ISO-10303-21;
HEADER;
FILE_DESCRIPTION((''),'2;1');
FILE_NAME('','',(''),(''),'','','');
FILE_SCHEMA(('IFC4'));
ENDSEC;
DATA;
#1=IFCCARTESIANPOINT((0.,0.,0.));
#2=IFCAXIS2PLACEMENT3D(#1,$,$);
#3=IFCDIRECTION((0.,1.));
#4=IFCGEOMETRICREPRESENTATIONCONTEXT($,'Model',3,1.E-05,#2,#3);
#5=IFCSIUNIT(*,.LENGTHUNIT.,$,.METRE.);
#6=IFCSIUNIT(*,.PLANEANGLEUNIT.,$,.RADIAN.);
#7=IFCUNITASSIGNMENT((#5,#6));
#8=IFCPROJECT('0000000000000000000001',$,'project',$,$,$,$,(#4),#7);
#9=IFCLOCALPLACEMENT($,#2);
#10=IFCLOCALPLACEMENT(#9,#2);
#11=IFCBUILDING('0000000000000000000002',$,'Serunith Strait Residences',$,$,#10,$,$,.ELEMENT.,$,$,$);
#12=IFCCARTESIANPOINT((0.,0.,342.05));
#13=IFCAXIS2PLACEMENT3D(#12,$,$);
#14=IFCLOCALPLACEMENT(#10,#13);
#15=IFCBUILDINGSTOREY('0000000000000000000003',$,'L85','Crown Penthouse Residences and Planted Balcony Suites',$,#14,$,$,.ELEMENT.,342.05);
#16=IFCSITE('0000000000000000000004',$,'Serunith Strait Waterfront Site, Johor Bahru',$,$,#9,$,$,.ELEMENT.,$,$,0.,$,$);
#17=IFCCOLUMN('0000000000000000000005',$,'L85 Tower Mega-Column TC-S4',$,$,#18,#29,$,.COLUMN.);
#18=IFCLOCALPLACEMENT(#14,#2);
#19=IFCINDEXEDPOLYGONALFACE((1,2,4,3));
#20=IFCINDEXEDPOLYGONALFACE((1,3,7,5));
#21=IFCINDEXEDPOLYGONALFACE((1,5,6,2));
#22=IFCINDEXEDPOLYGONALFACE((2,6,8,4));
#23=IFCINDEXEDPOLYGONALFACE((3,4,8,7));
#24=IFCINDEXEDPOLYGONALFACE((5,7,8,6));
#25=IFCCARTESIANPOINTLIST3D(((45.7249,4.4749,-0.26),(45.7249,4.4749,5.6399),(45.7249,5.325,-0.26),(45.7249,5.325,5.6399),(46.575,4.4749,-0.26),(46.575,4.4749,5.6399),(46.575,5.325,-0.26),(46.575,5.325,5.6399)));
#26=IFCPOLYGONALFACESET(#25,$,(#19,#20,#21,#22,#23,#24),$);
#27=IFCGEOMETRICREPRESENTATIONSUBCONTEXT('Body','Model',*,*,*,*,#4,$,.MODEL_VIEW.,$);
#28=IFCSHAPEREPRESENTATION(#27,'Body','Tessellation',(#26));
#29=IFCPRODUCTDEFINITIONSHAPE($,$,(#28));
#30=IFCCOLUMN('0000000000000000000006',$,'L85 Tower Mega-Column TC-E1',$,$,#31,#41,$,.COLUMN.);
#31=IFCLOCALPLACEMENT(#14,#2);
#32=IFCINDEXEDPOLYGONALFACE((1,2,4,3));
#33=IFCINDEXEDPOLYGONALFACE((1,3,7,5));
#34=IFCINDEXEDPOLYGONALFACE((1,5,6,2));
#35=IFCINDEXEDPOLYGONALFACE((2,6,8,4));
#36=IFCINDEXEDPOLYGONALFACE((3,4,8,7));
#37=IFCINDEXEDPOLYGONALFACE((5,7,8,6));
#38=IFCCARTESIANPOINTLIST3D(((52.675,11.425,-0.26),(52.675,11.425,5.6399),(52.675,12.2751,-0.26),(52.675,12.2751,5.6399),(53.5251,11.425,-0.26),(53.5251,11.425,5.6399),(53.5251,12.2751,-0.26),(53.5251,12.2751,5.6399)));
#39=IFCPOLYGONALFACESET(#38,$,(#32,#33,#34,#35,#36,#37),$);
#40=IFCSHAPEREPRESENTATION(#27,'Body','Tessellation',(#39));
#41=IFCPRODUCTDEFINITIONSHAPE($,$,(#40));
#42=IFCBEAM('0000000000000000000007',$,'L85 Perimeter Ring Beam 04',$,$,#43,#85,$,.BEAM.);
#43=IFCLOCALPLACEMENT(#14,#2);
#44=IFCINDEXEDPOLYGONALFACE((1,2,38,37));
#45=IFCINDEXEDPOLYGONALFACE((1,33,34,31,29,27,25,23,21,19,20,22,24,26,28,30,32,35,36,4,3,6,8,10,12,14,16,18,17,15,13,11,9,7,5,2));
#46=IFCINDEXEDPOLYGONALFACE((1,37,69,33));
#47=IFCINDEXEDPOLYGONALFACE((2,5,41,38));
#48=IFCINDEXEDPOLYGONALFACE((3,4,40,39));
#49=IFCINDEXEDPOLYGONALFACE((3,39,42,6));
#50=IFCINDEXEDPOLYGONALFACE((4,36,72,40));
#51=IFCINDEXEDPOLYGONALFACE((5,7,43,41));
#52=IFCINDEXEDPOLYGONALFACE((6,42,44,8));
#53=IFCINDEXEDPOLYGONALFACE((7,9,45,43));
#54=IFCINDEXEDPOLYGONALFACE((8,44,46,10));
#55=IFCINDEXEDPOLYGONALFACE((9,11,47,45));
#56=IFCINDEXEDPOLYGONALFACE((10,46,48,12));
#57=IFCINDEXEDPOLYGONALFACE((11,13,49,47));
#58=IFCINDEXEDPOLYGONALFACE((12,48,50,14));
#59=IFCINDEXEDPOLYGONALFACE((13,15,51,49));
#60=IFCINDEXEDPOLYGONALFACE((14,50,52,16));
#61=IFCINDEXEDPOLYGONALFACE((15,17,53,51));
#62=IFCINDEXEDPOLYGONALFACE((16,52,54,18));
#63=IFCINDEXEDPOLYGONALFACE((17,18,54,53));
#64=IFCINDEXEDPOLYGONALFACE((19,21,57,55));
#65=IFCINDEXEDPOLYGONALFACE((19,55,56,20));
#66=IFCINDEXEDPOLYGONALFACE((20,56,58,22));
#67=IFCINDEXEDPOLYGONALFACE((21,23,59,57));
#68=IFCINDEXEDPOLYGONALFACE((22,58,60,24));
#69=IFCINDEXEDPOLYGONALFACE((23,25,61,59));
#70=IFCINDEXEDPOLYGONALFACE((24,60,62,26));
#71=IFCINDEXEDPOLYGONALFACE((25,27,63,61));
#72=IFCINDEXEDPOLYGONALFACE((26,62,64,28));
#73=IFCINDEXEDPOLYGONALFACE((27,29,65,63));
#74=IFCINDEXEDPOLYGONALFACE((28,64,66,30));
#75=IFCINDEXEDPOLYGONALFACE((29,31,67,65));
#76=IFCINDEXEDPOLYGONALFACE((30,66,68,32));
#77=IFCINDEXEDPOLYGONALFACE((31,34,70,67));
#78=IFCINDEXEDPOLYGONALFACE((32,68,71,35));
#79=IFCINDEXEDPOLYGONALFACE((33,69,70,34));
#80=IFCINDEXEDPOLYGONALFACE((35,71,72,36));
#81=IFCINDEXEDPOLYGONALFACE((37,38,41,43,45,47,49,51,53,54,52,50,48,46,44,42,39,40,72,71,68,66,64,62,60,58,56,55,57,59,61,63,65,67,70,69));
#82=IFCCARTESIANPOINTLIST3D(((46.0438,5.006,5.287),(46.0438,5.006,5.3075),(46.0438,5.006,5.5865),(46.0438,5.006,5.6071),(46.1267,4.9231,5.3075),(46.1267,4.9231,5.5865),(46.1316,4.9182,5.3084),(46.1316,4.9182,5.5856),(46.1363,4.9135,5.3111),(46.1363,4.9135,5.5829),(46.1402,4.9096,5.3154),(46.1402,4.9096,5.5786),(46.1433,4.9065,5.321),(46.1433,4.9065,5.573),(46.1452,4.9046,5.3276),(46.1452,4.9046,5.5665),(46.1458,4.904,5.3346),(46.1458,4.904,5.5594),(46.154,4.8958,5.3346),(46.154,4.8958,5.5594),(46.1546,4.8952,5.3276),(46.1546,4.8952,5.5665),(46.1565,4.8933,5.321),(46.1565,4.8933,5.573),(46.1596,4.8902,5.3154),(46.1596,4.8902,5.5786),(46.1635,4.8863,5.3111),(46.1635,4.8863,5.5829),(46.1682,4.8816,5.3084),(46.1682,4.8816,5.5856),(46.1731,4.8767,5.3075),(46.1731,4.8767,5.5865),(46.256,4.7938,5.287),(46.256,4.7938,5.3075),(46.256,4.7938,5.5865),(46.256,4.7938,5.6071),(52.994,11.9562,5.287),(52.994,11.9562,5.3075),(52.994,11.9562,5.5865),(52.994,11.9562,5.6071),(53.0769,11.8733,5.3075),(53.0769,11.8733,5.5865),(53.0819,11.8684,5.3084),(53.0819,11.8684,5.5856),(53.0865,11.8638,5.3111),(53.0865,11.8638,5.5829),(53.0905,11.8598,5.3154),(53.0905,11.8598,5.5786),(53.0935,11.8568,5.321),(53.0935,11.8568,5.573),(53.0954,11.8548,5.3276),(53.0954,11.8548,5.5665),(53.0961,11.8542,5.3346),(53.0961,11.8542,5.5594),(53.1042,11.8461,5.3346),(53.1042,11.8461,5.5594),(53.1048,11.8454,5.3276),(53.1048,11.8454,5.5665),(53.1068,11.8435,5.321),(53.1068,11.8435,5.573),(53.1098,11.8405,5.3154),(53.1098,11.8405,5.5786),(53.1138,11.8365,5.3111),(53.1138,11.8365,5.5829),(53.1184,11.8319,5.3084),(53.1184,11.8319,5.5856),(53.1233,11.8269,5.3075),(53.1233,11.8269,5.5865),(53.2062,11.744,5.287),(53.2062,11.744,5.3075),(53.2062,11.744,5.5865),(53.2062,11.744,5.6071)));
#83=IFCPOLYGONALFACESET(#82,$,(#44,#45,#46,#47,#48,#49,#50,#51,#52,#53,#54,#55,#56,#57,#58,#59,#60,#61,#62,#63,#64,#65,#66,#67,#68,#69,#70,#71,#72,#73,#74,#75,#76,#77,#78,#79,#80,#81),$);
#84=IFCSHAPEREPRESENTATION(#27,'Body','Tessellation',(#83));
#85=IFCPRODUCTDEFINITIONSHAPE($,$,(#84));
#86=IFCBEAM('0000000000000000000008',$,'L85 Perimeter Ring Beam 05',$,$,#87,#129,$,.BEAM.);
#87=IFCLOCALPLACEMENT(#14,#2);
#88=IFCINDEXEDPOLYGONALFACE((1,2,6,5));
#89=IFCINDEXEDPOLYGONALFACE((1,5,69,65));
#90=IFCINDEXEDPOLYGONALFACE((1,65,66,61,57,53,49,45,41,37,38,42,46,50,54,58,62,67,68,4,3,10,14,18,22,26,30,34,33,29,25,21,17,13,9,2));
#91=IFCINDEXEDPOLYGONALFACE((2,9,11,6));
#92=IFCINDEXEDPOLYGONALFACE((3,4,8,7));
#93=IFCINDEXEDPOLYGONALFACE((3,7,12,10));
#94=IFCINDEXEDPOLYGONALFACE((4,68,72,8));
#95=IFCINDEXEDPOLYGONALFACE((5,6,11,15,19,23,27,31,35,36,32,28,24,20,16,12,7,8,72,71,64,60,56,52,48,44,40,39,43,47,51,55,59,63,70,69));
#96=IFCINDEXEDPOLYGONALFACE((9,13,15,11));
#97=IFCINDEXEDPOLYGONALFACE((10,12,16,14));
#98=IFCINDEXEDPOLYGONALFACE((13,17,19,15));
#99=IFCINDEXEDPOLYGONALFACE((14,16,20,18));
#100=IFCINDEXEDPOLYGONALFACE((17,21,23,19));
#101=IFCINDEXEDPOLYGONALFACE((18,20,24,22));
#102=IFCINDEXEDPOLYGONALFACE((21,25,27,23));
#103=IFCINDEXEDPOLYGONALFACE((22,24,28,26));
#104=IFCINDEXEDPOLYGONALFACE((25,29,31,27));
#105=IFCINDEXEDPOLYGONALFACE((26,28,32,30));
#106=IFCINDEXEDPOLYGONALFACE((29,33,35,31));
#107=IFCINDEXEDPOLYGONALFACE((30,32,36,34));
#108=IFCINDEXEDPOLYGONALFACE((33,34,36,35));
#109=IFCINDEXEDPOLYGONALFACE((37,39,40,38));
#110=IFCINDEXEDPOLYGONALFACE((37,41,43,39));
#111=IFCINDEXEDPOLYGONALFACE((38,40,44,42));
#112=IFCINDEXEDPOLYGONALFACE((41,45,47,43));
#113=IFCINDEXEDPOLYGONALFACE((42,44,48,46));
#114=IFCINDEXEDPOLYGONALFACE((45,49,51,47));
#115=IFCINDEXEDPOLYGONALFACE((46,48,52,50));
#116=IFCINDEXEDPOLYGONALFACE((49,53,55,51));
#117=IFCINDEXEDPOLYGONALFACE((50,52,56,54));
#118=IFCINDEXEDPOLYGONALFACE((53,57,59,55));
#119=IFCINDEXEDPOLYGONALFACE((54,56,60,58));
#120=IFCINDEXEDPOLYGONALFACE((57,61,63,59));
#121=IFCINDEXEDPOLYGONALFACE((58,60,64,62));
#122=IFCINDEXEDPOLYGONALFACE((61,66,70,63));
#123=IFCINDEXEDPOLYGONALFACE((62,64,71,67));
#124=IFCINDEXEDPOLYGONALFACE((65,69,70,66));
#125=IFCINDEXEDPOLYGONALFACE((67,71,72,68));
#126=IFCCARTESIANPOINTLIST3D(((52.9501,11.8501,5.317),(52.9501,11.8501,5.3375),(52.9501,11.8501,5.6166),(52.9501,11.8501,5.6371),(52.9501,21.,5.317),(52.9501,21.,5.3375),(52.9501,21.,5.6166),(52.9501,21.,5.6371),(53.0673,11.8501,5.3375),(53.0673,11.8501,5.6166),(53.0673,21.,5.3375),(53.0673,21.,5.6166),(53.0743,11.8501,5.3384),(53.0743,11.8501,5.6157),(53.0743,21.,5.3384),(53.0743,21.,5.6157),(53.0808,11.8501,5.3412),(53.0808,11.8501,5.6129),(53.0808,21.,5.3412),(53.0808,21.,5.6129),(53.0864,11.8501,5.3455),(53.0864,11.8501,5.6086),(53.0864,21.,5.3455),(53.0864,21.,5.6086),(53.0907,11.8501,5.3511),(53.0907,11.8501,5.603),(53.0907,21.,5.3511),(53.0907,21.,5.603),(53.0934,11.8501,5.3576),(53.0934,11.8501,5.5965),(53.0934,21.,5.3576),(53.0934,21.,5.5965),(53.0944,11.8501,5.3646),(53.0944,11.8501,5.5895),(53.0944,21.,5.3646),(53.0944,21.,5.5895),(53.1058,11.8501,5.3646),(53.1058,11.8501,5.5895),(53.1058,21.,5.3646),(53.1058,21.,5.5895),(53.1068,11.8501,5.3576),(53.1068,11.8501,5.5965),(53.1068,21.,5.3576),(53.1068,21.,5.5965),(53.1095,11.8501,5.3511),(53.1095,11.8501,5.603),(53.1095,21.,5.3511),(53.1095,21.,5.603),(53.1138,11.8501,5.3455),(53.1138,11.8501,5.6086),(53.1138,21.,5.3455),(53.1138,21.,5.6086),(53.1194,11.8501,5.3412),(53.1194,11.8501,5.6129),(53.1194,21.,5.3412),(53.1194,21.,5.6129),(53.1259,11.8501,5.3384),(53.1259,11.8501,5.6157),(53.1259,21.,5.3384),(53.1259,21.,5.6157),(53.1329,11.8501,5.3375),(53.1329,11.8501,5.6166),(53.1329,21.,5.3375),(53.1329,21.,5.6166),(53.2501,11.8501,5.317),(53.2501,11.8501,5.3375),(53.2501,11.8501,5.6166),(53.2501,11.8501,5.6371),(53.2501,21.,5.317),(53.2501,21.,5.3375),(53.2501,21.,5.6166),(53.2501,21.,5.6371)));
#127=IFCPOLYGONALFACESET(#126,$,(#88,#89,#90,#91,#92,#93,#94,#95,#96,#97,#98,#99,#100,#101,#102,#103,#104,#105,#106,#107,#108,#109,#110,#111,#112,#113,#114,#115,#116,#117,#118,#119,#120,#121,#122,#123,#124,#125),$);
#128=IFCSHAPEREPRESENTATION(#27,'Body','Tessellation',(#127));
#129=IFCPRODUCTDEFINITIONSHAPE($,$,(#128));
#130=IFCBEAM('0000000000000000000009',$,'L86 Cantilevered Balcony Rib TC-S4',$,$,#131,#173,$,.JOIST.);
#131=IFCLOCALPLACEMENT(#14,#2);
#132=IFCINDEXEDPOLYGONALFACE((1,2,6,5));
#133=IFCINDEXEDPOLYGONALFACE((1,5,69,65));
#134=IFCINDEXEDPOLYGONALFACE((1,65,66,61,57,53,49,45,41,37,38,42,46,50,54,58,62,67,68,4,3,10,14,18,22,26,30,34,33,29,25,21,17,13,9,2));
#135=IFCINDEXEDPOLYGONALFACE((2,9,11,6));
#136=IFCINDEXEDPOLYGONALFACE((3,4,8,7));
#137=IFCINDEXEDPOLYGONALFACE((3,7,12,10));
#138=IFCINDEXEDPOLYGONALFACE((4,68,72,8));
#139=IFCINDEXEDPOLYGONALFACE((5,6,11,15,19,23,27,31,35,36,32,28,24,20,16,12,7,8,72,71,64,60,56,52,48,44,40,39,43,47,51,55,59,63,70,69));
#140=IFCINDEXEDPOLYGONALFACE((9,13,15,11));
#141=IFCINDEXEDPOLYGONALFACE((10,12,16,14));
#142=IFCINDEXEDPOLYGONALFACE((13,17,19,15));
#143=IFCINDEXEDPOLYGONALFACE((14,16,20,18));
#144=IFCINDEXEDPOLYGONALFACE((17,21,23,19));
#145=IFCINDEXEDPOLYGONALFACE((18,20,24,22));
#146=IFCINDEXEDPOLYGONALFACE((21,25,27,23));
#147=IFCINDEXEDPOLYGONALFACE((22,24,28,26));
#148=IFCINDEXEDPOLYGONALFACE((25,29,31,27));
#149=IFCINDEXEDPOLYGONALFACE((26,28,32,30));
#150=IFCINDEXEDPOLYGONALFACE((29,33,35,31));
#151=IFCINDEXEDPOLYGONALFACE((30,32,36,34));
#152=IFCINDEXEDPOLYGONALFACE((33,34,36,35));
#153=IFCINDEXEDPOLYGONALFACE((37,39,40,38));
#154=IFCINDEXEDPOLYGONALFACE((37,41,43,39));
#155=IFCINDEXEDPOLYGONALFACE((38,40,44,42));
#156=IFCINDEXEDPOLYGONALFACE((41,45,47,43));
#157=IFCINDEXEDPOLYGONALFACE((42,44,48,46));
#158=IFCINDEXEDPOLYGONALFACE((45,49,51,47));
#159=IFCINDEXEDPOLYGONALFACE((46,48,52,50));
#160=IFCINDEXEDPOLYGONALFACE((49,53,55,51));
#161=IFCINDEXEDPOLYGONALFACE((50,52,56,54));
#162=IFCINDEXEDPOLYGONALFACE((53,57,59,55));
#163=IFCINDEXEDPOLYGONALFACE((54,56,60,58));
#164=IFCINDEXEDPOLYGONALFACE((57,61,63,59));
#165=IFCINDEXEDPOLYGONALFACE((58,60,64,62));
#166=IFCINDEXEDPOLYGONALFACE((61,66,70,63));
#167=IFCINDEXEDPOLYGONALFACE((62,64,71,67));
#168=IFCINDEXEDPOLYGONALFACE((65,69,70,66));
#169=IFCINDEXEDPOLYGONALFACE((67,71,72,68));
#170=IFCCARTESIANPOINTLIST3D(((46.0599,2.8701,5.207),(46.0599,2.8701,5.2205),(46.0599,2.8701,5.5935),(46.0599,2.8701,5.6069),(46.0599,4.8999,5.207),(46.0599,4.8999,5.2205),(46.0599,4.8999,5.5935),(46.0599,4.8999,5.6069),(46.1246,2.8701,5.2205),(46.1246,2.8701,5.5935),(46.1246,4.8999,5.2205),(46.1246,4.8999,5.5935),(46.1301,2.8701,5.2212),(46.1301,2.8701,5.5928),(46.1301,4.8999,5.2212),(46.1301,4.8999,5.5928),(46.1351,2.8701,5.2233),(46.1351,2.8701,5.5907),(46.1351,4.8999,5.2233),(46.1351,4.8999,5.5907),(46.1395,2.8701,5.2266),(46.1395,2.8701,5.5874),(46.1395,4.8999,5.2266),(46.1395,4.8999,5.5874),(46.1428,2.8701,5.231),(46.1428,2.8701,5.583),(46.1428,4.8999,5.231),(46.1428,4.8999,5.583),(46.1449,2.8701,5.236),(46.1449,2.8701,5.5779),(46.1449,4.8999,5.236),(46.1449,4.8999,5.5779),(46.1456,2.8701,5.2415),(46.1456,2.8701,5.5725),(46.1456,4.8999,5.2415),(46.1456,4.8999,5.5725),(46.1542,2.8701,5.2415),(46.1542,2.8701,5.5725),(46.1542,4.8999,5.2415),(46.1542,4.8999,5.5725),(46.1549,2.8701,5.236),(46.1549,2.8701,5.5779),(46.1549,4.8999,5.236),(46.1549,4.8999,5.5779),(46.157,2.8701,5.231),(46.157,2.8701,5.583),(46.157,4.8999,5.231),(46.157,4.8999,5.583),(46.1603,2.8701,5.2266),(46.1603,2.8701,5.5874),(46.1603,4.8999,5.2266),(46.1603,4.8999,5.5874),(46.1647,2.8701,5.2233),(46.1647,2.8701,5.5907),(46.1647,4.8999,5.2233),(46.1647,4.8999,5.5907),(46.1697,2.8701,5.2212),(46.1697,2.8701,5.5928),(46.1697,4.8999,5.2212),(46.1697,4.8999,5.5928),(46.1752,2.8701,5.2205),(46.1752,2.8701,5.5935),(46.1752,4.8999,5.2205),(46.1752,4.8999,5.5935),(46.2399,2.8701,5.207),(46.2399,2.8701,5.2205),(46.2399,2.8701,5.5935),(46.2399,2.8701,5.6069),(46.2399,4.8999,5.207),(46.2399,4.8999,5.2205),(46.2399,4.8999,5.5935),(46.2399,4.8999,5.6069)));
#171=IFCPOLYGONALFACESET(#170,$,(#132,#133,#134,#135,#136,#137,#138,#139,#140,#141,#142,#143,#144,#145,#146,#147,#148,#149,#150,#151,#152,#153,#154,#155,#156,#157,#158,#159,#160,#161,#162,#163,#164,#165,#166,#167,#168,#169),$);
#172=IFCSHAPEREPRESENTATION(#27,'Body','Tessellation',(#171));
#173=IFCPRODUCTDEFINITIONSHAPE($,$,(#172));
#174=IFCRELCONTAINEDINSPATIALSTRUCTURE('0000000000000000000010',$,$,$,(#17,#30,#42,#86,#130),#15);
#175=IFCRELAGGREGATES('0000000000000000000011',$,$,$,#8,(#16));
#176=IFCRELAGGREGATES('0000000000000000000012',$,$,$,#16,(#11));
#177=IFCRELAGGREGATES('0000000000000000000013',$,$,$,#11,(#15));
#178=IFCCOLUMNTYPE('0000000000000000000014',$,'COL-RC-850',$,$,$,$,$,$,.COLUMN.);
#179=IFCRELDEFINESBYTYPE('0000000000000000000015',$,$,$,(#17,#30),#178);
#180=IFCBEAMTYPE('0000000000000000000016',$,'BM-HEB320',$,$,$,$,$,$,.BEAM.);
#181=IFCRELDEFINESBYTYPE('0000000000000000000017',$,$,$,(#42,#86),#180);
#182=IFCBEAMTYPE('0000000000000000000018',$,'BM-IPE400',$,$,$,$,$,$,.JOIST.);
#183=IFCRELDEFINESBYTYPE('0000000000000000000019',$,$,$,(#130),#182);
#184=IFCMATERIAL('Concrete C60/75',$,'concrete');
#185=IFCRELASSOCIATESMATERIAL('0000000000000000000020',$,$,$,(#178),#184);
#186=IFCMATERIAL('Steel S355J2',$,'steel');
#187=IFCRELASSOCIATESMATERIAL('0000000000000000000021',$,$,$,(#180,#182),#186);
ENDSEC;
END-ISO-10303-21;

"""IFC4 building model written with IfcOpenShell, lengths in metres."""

from ifc_helpers import new_model, si_unit, direction, frame, origin, origin_2d, place, context, subcontext, project, spatial, rectangle, i_section, extrude, source, transform, mapped, material, material_profile, profile_set, type_object, element, save


model = new_model("IFC4")

# Units and contexts
model_context = context("Model", 3, precision=1e-05, world=origin(), true_north=direction((0.0, 1.0)))
body_context = subcontext(model_context, "Body", "Model", "MODEL_VIEW")
ifc_project = project(units=[si_unit("LENGTHUNIT", "METRE"), si_unit("PLANEANGLEUNIT", "RADIAN")], contexts=[model_context])

# Site, building, storey
site_placement = place(None, origin())
site = spatial("IfcSite", under=ifc_project, at=site_placement, Name="Serunith Strait Waterfront Site, Johor Bahru", CompositionType="ELEMENT", RefElevation=0.0)
building_placement = place(site_placement, origin())
building = spatial("IfcBuilding", under=site, at=building_placement, Name="Serunith Strait Residences", CompositionType="ELEMENT")
storey_placement = place(building_placement, frame((0.0, 0.0, 342.05)))
storey = spatial("IfcBuildingStorey", under=building, at=storey_placement, Name="L85", Description="Crown Penthouse Residences and Planted Balcony Suites", CompositionType="ELEMENT", Elevation=342.05)

# Columns
ifc_material_1 = material(Name="Concrete C60/75", Category="concrete")
ifc_material_profile_1 = material_profile(ifc_material_1, rectangle(XDim=0.8501, YDim=0.8501, at=origin_2d()), Name="RC 850x850")
ifc_profile_set_1 = profile_set([ifc_material_profile_1], Name="Concrete C60/75")
column_type = type_object("IfcColumnType", Name="COL-RC-850", PredefinedType="COLUMN", material=ifc_profile_set_1)
shared_shape_1 = source(origin(), body_context, "Body", "SweptSolid", [
    extrude(rectangle(XDim=0.8501, YDim=0.8501, at=origin_2d()), origin(), (0.0, 0.0, 1.0), 5.8999),
])
for number, where, z_axis, x_axis, name in (
    (1, (46.1499, 4.8999, -0.26), (0.0, 0.0, 1.0), (1.0, 0.0, 0.0), "L85 Tower Mega-Column TC-S4"),
    (2, (53.1001, 11.8501, -0.26), (0.0, 0.0, 1.0), (1.0, 0.0, 0.0), "L85 Tower Mega-Column TC-E1"),
):
    element("IfcColumn", number, at=place(storey_placement, frame(where, z_axis=z_axis, x_axis=x_axis)), inside=storey, type_object=column_type, Name=name, PredefinedType="COLUMN", context=body_context, shape_type="MappedRepresentation", body=[
        mapped(shared_shape_1, transform((0.0, 0.0, 0.0), scale=1.0)),
    ])

# Beams
ifc_material_2 = material(Name="Steel S355J2", Category="steel")
ifc_material_profile_2 = material_profile(ifc_material_2, i_section(OverallWidth=0.3, OverallDepth=0.3201, WebThickness=0.0115, FlangeThickness=0.0205, FilletRadius=0.0271, at=origin_2d()), Name="HEB 320")
ifc_profile_set_2 = profile_set([ifc_material_profile_2], Name="Steel S355J2")
beam_type_1 = type_object("IfcBeamType", Name="BM-HEB320", PredefinedType="BEAM", material=ifc_profile_set_2)
shared_shape_2 = source(origin(), body_context, "Body", "SweptSolid", [
    extrude(i_section(OverallWidth=0.3, OverallDepth=0.3201, WebThickness=0.0115, FlangeThickness=0.0205, FilletRadius=0.0271, at=origin_2d()), origin(), (0.0, 0.0, 1.0), 9.8291),
])
beam_1_placement = place(storey_placement, frame((46.1499, 4.8999, 5.447), z_axis=(0.707107, 0.707107, 0.0), x_axis=(-0.707107, 0.707107, 0.0)))
element("IfcBeam", 3, at=beam_1_placement, inside=storey, type_object=beam_type_1, Name="L85 Perimeter Ring Beam 04", PredefinedType="BEAM", context=body_context, shape_type="MappedRepresentation", body=[
    mapped(shared_shape_2, transform((0.0, 0.0, 0.0), scale=1.0)),
])
shared_shape_3 = source(origin(), body_context, "Body", "SweptSolid", [
    extrude(i_section(OverallWidth=0.3, OverallDepth=0.3201, WebThickness=0.0115, FlangeThickness=0.0205, FilletRadius=0.0271, at=origin_2d()), origin(), (0.0, 0.0, 1.0), 9.1499),
])
beam_2_placement = place(storey_placement, frame((53.1001, 11.8501, 5.4771), z_axis=(0.0, 1.0, 0.0), x_axis=(-1.0, 0.0, 0.0)))
element("IfcBeam", 4, at=beam_2_placement, inside=storey, type_object=beam_type_1, Name="L85 Perimeter Ring Beam 05", PredefinedType="BEAM", context=body_context, shape_type="MappedRepresentation", body=[
    mapped(shared_shape_3, transform((0.0, 0.0, 0.0), scale=1.0)),
])
ifc_material_profile_3 = material_profile(ifc_material_2, i_section(OverallWidth=0.1799, OverallDepth=0.3999, WebThickness=0.0085, FlangeThickness=0.0134, FilletRadius=0.021, at=origin_2d()), Name="IPE 400")
ifc_profile_set_3 = profile_set([ifc_material_profile_3], Name="Steel S355J2")
beam_type_2 = type_object("IfcBeamType", Name="BM-IPE400", PredefinedType="JOIST", material=ifc_profile_set_3)
shared_shape_4 = source(origin(), body_context, "Body", "SweptSolid", [
    extrude(i_section(OverallWidth=0.1799, OverallDepth=0.3999, WebThickness=0.0085, FlangeThickness=0.0134, FilletRadius=0.021, at=origin_2d()), origin(), (0.0, 0.0, 1.0), 2.0298),
])
beam_3_placement = place(storey_placement, frame((46.1499, 4.8999, 5.407), z_axis=(0.0, -1.0, 0.0), x_axis=(1.0, 0.0, 0.0)))
element("IfcBeam", 5, at=beam_3_placement, inside=storey, type_object=beam_type_2, Name="L86 Cantilevered Balcony Rib TC-S4", PredefinedType="JOIST", context=body_context, shape_type="MappedRepresentation", body=[
    mapped(shared_shape_4, transform((0.0, 0.0, 0.0), scale=1.0)),
])

save(model, "model.ifc")
